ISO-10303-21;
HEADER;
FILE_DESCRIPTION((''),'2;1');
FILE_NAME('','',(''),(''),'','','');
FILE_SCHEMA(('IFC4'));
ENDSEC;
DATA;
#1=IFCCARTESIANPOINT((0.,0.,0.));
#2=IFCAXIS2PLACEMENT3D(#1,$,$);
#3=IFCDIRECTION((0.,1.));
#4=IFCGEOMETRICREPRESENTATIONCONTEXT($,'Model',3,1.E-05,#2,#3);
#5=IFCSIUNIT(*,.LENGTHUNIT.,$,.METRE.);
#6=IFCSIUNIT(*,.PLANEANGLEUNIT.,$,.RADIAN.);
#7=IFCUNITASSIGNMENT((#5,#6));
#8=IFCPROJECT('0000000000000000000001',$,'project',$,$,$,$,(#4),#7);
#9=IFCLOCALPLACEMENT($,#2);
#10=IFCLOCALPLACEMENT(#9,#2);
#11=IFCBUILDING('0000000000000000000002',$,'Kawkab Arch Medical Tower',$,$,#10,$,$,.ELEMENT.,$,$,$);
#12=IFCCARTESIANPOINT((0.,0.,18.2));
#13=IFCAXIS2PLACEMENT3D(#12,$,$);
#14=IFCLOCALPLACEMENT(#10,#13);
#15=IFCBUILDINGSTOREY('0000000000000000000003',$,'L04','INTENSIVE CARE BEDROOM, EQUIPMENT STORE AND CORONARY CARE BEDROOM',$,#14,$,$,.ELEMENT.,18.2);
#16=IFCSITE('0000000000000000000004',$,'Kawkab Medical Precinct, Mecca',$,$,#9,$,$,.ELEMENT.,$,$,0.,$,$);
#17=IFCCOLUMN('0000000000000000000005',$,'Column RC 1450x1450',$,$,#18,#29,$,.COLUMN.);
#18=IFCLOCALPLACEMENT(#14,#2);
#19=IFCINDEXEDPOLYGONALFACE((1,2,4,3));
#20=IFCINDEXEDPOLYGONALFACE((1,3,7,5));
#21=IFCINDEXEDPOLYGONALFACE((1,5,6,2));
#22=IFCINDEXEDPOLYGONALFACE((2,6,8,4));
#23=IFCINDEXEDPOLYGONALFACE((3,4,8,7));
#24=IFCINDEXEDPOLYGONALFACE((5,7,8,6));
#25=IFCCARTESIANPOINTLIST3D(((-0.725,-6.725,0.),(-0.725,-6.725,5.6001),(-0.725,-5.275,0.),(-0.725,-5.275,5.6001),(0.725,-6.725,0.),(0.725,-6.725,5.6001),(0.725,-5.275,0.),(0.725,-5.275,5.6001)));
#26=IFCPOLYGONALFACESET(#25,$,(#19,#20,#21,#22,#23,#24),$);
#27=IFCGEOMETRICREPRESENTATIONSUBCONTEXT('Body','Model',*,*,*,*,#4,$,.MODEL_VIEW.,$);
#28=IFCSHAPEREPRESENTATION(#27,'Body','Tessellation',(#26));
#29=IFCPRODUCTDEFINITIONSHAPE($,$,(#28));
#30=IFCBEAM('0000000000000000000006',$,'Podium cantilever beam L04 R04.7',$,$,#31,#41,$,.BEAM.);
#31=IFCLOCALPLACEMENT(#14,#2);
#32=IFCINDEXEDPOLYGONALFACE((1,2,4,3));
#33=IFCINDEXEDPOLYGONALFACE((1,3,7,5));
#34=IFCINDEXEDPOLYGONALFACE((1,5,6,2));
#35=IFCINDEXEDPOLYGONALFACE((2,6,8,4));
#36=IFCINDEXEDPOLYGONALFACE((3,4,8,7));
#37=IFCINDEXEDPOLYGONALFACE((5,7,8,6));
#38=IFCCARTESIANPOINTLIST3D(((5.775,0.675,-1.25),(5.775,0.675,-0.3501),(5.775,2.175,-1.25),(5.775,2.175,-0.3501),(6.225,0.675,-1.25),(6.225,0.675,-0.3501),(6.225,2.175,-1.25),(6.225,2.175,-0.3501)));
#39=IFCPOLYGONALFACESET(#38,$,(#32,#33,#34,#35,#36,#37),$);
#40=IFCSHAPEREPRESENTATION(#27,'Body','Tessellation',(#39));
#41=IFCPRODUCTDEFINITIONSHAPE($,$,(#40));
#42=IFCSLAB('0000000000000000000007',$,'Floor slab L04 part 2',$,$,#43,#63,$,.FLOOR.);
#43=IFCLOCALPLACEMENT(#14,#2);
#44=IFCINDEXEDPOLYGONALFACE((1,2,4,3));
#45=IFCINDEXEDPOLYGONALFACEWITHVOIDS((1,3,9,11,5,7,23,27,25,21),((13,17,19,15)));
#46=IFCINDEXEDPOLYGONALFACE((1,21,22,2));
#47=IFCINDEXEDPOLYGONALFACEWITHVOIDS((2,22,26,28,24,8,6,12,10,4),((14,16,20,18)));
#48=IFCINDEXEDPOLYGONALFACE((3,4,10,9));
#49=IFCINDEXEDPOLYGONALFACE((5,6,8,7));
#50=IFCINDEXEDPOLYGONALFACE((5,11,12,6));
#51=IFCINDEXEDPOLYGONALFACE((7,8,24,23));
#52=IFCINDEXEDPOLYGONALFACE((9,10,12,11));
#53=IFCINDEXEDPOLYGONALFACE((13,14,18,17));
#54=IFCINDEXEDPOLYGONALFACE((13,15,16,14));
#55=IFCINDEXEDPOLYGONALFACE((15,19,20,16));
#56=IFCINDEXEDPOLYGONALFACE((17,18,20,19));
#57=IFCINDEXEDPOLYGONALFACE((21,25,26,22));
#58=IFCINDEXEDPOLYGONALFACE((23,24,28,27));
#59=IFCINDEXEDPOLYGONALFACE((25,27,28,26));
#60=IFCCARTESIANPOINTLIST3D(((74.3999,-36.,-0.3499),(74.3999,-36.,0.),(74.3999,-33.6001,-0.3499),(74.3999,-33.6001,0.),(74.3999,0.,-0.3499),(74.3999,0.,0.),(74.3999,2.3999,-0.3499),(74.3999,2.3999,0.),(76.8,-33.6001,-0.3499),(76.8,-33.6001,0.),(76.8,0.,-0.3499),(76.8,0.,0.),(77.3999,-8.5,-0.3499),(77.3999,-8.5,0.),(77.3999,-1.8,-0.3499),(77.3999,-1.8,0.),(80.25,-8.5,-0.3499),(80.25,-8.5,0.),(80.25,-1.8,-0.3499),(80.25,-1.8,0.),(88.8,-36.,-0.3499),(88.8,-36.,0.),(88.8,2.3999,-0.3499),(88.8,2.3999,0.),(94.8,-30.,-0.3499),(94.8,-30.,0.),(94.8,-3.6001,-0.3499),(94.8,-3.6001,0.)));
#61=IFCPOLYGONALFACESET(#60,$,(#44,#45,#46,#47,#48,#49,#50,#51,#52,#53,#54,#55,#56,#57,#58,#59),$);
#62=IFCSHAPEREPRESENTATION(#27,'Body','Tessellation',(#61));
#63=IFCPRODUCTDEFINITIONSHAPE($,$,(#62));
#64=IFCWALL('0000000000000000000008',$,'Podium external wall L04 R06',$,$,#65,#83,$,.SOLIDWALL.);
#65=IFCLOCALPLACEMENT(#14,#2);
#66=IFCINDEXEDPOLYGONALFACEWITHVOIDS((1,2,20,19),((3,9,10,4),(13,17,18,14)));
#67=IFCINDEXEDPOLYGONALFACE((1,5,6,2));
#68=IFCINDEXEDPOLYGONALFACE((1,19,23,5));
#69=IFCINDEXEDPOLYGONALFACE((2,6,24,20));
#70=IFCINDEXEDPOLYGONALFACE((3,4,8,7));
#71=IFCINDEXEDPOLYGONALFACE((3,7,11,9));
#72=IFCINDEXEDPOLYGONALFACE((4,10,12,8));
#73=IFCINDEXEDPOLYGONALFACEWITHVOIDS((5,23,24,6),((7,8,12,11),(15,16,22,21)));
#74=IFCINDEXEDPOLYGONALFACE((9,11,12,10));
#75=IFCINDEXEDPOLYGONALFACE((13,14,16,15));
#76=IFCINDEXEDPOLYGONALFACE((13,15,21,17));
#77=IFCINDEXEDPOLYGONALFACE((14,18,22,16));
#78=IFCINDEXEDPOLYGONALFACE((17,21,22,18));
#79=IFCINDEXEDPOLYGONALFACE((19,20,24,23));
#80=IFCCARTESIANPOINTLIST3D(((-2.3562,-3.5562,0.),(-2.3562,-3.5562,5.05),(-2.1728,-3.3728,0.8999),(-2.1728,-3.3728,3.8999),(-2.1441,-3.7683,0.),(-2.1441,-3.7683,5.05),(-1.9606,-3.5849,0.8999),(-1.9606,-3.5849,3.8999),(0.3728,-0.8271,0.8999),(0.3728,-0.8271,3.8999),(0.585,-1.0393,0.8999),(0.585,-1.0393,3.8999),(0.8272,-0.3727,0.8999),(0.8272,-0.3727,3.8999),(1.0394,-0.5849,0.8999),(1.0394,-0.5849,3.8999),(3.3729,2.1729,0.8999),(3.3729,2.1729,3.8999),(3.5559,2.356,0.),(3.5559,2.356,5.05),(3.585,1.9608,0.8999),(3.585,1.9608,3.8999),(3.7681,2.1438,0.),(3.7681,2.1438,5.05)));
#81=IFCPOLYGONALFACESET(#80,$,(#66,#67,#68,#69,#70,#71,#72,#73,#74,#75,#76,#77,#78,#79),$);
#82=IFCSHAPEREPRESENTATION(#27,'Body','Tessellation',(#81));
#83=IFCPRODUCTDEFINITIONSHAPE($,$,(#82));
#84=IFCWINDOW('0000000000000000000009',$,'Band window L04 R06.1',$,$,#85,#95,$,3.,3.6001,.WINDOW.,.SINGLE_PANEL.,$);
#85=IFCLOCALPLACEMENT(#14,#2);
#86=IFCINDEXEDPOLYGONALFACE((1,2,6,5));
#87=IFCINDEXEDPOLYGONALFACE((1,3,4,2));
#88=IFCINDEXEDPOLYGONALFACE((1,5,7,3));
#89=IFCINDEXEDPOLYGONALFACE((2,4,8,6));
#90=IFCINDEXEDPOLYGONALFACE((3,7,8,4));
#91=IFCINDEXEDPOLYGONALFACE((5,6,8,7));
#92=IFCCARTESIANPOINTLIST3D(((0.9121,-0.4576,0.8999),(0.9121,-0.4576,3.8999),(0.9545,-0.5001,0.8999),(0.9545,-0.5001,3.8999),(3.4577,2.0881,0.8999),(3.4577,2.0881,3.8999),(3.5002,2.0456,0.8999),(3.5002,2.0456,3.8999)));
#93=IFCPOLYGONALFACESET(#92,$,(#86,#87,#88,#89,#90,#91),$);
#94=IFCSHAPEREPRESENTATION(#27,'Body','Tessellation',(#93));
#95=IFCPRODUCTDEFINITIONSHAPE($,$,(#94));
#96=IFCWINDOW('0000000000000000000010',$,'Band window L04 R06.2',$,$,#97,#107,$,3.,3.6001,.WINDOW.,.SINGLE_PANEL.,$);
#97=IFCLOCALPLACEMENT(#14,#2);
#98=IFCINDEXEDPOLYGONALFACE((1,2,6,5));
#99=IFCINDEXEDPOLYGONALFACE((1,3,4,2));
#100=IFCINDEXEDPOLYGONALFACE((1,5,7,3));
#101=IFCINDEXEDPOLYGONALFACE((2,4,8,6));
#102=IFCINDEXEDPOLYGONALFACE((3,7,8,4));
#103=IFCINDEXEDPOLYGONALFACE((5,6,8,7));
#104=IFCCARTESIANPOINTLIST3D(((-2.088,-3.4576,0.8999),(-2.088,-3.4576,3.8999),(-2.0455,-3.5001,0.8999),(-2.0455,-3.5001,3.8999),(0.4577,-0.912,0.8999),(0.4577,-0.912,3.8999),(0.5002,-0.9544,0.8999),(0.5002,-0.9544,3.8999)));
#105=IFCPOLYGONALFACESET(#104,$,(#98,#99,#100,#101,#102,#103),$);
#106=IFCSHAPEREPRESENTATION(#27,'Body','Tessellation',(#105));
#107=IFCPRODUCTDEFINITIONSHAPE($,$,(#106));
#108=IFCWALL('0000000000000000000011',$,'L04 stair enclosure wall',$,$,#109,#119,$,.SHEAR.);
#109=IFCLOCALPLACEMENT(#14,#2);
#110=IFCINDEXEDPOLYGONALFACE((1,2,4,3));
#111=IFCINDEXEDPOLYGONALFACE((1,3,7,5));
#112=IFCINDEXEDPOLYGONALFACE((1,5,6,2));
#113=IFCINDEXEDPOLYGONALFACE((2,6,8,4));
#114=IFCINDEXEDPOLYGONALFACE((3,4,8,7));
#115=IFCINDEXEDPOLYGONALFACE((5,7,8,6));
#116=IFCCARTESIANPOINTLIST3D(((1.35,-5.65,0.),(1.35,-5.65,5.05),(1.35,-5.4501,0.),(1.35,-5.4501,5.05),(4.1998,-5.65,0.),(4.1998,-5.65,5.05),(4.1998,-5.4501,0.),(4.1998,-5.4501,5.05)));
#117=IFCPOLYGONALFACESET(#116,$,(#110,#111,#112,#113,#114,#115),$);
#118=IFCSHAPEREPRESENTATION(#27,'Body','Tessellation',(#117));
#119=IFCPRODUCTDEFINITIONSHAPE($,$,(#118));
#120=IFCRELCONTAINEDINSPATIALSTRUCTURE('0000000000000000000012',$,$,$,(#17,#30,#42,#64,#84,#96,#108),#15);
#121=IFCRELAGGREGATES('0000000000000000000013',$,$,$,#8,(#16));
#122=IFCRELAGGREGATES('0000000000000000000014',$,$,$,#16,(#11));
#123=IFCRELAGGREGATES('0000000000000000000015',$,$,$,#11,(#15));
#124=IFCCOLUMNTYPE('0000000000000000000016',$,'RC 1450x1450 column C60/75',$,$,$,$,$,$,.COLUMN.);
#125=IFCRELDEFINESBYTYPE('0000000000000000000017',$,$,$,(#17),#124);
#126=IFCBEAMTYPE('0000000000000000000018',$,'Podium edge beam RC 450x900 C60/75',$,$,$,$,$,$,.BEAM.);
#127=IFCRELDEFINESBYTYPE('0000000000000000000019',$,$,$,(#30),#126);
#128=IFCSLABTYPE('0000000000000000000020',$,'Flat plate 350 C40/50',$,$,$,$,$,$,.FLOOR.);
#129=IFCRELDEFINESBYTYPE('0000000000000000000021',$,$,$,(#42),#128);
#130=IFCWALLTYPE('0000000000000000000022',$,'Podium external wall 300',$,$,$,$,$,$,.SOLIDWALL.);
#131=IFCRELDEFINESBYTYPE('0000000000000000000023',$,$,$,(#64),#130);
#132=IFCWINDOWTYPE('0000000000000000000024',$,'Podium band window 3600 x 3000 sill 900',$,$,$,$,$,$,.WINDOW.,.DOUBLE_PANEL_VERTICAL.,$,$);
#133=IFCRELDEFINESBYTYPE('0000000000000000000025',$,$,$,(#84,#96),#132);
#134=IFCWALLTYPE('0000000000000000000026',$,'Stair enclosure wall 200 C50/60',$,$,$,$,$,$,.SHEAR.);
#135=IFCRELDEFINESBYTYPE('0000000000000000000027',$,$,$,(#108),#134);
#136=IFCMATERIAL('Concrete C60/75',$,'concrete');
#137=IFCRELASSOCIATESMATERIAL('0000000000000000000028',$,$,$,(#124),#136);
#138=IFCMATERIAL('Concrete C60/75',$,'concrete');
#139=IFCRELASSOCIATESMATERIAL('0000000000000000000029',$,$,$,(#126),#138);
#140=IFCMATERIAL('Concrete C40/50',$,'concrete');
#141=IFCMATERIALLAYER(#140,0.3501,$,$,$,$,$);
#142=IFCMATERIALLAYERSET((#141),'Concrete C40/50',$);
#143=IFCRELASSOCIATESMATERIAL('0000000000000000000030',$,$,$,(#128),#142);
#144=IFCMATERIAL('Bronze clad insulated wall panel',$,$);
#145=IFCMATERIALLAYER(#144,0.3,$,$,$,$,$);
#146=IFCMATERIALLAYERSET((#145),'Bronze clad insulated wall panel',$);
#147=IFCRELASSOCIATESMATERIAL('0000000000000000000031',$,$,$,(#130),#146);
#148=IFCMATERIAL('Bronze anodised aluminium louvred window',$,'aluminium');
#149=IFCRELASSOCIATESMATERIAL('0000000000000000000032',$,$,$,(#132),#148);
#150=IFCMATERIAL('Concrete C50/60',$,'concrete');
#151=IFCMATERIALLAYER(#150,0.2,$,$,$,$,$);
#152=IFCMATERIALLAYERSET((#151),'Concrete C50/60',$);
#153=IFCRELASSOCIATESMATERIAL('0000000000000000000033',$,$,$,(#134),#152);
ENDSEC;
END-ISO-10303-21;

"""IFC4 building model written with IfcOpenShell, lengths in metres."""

from ifc_helpers import new_model, si_unit, direction, frame, frame_2d, origin, origin_2d, place, context, subcontext, project, spatial, polyline, rectangle, outline, extrude, material, layer, layer_set, material_profile, profile_set, type_object, element, fill, save


model = new_model("IFC4")

# Units and contexts
model_context = context("Model", 3, precision=1e-05, world=origin(), true_north=direction((0.0, 1.0)))
body_context = subcontext(model_context, "Body", "Model", "MODEL_VIEW")
ifc_project = project(units=[si_unit("LENGTHUNIT", "METRE"), si_unit("PLANEANGLEUNIT", "RADIAN")], contexts=[model_context])

# Site, building, storey
site_placement = place(None, origin())
site = spatial("IfcSite", under=ifc_project, at=site_placement, Name="Kawkab Medical Precinct, Mecca", CompositionType="ELEMENT", RefElevation=0.0)
building_placement = place(site_placement, origin())
building = spatial("IfcBuilding", under=site, at=building_placement, Name="Kawkab Arch Medical Tower", CompositionType="ELEMENT")
storey_placement = place(building_placement, frame((0.0, 0.0, 18.2)))
storey = spatial("IfcBuildingStorey", under=building, at=storey_placement, Name="L04", Description="INTENSIVE CARE BEDROOM, EQUIPMENT STORE AND CORONARY CARE BEDROOM", CompositionType="ELEMENT", Elevation=18.2)

# Column
ifc_material_1 = material(Name="Concrete C60/75", Category="concrete")
ifc_material_profile_1 = material_profile(ifc_material_1, rectangle(XDim=1.45, YDim=1.45, at=origin_2d()), Name="RC 1450x1450")
ifc_profile_set_1 = profile_set([ifc_material_profile_1], Name="Concrete C60/75")
column_type = type_object("IfcColumnType", Name="RC 1450x1450 column C60/75", PredefinedType="COLUMN", material=ifc_profile_set_1)
column_placement = place(storey_placement, frame((0.0, -6.0, 0.0), z_axis=(0.0, 0.0, 1.0), x_axis=(1.0, 0.0, 0.0)))
element("IfcColumn", 1, at=column_placement, inside=storey, type_object=column_type, Name="Column RC 1450x1450", PredefinedType="COLUMN", context=body_context, shape_type="SweptSolid", body=[
    extrude(rectangle(XDim=1.45, YDim=1.45, at=origin_2d()), origin(), (0.0, 0.0, 1.0), 5.6001),
])

# Beam
ifc_material_2 = material(Name="Concrete C60/75", Category="concrete")
ifc_material_profile_2 = material_profile(ifc_material_2, rectangle(XDim=0.45, YDim=0.8999, at=origin_2d()), Name="RC 450x900")
ifc_profile_set_2 = profile_set([ifc_material_profile_2], Name="Concrete C60/75")
beam_type = type_object("IfcBeamType", Name="Podium edge beam RC 450x900 C60/75", PredefinedType="BEAM", material=ifc_profile_set_2)
beam_placement = place(storey_placement, frame((6.0, 0.675, -0.8), z_axis=(0.0, 1.0, 0.0), x_axis=(-1.0, 0.0, 0.0)))
element("IfcBeam", 2, at=beam_placement, inside=storey, type_object=beam_type, Name="Podium cantilever beam L04 R04.7", PredefinedType="BEAM", context=body_context, shape_type="SweptSolid", body=[
    extrude(rectangle(XDim=0.45, YDim=0.8999, at=origin_2d()), origin(), (0.0, 0.0, 1.0), 1.5),
])

# Slab
ifc_material_3 = material(Name="Concrete C40/50", Category="concrete")
ifc_layer_1 = layer(ifc_material_3, 0.3501)
ifc_layer_set_1 = layer_set([ifc_layer_1], Name="Concrete C40/50")
slab_type = type_object("IfcSlabType", Name="Flat plate 350 C40/50", PredefinedType="FLOOR", material=ifc_layer_set_1)
slab_placement = place(storey_placement, frame((0.0, 0.0, -0.3499)))
element("IfcSlab", 3, at=slab_placement, inside=storey, type_object=slab_type, Name="Floor slab L04 part 2", PredefinedType="FLOOR", context=body_context, shape_type="SweptSolid", body=[
    extrude(outline(polyline([(88.8, -36.0), (74.3999, -36.0), (74.3999, -33.6001), (76.8, -33.6001), (76.8, 0.0), (74.3999, 0.0), (74.3999, 2.3999), (88.8, 2.3999), (94.8, -3.6001), (94.8, -30.0), (88.8, -36.0)]), holes=[polyline([(77.3999, -8.5), (80.25, -8.5), (80.25, -1.8), (77.3999, -1.8), (77.3999, -8.5)])]), origin(), (0.0, 0.0, 1.0), 0.3499),
])

# Wall, openings, windows
ifc_material_4 = material(Name="Bronze clad insulated wall panel")
ifc_layer_2 = layer(ifc_material_4, 0.3)
ifc_layer_set_2 = layer_set([ifc_layer_2], Name="Bronze clad insulated wall panel")
wall_type_1 = type_object("IfcWallType", Name="Podium external wall 300", PredefinedType="SOLIDWALL", material=ifc_layer_set_2)
wall_1_placement = place(storey_placement, frame((3.6621, 2.25, 0.0), z_axis=(0.0, 0.0, 1.0), x_axis=(-0.707107, -0.707107, 0.0)))
wall_1 = element("IfcWall", 4, at=wall_1_placement, inside=storey, type_object=wall_type_1, Name="Podium external wall L04 R06", PredefinedType="SOLIDWALL", context=body_context, shape_type="SweptSolid", body=[
    extrude(rectangle(XDim=8.3611, YDim=0.3, at=frame_2d((4.1807, 0.0))), origin(), (0.0, 0.0, 1.0), 5.05),
])
opening_1_placement = place(wall_1_placement, frame((0.259, 0.0, 0.8999)))
opening_1 = element("IfcOpeningElement", 5, at=opening_1_placement, cuts=wall_1, PredefinedType="OPENING", context=body_context, shape_type="SweptSolid", body=[
    extrude(rectangle(XDim=3.6001, YDim=3.0, at=frame_2d((1.8, 1.5))), frame((0.0, 0.1599, 0.0), z_axis=(0.0, -1.0, 0.0), x_axis=(1.0, 0.0, 0.0)), (0.0, 0.0, 1.0), 0.3201),
])
opening_2_placement = place(wall_1_placement, frame((4.5017, 0.0, 0.8999)))
opening_2 = element("IfcOpeningElement", 6, at=opening_2_placement, cuts=wall_1, PredefinedType="OPENING", context=body_context, shape_type="SweptSolid", body=[
    extrude(rectangle(XDim=3.6001, YDim=3.0, at=frame_2d((1.8, 1.5))), frame((0.0, 0.1599, 0.0), z_axis=(0.0, -1.0, 0.0), x_axis=(1.0, 0.0, 0.0)), (0.0, 0.0, 1.0), 0.3201),
])
ifc_material_5 = material(Name="Bronze anodised aluminium louvred window", Category="aluminium")
window_type = type_object("IfcWindowType", Name="Podium band window 3600 x 3000 sill 900", PartitioningType="DOUBLE_PANEL_VERTICAL", PredefinedType="WINDOW", material=ifc_material_5)
window_1_placement = place(opening_1_placement, origin())
window_1 = element("IfcWindow", 7, at=window_1_placement, inside=storey, type_object=window_type, Name="Band window L04 R06.1", OverallHeight=3.0, OverallWidth=3.6001, PartitioningType="SINGLE_PANEL", PredefinedType="WINDOW", context=body_context, shape_type="SweptSolid", body=[
    extrude(rectangle(XDim=3.6001, YDim=3.0, at=frame_2d((1.8, 1.5))), frame((0.0, 0.03, 0.0), z_axis=(0.0, -1.0, 0.0), x_axis=(1.0, 0.0, 0.0)), (0.0, 0.0, 1.0), 0.0601),
])
fill(opening_1, window_1)
window_2_placement = place(opening_2_placement, origin())
window_2 = element("IfcWindow", 8, at=window_2_placement, inside=storey, type_object=window_type, Name="Band window L04 R06.2", OverallHeight=3.0, OverallWidth=3.6001, PartitioningType="SINGLE_PANEL", PredefinedType="WINDOW", context=body_context, shape_type="SweptSolid", body=[
    extrude(rectangle(XDim=3.6001, YDim=3.0, at=frame_2d((1.8, 1.5))), frame((0.0, 0.03, 0.0), z_axis=(0.0, -1.0, 0.0), x_axis=(1.0, 0.0, 0.0)), (0.0, 0.0, 1.0), 0.0601),
])
fill(opening_2, window_2)

# Wall
ifc_material_6 = material(Name="Concrete C50/60", Category="concrete")
ifc_layer_3 = layer(ifc_material_6, 0.2)
ifc_layer_set_3 = layer_set([ifc_layer_3], Name="Concrete C50/60")
wall_type_2 = type_object("IfcWallType", Name="Stair enclosure wall 200 C50/60", PredefinedType="SHEAR", material=ifc_layer_set_3)
wall_2_placement = place(storey_placement, frame((1.3501, -5.55, 0.0), z_axis=(0.0, 0.0, 1.0), x_axis=(1.0, 0.0, 0.0)))
element("IfcWall", 9, at=wall_2_placement, inside=storey, type_object=wall_type_2, Name="L04 stair enclosure wall", PredefinedType="SHEAR", context=body_context, shape_type="SweptSolid", body=[
    extrude(rectangle(XDim=2.8499, YDim=0.2, at=frame_2d((1.4248, 0.0))), origin(), (0.0, 0.0, 1.0), 5.05),
])

save(model, "model.ifc")
